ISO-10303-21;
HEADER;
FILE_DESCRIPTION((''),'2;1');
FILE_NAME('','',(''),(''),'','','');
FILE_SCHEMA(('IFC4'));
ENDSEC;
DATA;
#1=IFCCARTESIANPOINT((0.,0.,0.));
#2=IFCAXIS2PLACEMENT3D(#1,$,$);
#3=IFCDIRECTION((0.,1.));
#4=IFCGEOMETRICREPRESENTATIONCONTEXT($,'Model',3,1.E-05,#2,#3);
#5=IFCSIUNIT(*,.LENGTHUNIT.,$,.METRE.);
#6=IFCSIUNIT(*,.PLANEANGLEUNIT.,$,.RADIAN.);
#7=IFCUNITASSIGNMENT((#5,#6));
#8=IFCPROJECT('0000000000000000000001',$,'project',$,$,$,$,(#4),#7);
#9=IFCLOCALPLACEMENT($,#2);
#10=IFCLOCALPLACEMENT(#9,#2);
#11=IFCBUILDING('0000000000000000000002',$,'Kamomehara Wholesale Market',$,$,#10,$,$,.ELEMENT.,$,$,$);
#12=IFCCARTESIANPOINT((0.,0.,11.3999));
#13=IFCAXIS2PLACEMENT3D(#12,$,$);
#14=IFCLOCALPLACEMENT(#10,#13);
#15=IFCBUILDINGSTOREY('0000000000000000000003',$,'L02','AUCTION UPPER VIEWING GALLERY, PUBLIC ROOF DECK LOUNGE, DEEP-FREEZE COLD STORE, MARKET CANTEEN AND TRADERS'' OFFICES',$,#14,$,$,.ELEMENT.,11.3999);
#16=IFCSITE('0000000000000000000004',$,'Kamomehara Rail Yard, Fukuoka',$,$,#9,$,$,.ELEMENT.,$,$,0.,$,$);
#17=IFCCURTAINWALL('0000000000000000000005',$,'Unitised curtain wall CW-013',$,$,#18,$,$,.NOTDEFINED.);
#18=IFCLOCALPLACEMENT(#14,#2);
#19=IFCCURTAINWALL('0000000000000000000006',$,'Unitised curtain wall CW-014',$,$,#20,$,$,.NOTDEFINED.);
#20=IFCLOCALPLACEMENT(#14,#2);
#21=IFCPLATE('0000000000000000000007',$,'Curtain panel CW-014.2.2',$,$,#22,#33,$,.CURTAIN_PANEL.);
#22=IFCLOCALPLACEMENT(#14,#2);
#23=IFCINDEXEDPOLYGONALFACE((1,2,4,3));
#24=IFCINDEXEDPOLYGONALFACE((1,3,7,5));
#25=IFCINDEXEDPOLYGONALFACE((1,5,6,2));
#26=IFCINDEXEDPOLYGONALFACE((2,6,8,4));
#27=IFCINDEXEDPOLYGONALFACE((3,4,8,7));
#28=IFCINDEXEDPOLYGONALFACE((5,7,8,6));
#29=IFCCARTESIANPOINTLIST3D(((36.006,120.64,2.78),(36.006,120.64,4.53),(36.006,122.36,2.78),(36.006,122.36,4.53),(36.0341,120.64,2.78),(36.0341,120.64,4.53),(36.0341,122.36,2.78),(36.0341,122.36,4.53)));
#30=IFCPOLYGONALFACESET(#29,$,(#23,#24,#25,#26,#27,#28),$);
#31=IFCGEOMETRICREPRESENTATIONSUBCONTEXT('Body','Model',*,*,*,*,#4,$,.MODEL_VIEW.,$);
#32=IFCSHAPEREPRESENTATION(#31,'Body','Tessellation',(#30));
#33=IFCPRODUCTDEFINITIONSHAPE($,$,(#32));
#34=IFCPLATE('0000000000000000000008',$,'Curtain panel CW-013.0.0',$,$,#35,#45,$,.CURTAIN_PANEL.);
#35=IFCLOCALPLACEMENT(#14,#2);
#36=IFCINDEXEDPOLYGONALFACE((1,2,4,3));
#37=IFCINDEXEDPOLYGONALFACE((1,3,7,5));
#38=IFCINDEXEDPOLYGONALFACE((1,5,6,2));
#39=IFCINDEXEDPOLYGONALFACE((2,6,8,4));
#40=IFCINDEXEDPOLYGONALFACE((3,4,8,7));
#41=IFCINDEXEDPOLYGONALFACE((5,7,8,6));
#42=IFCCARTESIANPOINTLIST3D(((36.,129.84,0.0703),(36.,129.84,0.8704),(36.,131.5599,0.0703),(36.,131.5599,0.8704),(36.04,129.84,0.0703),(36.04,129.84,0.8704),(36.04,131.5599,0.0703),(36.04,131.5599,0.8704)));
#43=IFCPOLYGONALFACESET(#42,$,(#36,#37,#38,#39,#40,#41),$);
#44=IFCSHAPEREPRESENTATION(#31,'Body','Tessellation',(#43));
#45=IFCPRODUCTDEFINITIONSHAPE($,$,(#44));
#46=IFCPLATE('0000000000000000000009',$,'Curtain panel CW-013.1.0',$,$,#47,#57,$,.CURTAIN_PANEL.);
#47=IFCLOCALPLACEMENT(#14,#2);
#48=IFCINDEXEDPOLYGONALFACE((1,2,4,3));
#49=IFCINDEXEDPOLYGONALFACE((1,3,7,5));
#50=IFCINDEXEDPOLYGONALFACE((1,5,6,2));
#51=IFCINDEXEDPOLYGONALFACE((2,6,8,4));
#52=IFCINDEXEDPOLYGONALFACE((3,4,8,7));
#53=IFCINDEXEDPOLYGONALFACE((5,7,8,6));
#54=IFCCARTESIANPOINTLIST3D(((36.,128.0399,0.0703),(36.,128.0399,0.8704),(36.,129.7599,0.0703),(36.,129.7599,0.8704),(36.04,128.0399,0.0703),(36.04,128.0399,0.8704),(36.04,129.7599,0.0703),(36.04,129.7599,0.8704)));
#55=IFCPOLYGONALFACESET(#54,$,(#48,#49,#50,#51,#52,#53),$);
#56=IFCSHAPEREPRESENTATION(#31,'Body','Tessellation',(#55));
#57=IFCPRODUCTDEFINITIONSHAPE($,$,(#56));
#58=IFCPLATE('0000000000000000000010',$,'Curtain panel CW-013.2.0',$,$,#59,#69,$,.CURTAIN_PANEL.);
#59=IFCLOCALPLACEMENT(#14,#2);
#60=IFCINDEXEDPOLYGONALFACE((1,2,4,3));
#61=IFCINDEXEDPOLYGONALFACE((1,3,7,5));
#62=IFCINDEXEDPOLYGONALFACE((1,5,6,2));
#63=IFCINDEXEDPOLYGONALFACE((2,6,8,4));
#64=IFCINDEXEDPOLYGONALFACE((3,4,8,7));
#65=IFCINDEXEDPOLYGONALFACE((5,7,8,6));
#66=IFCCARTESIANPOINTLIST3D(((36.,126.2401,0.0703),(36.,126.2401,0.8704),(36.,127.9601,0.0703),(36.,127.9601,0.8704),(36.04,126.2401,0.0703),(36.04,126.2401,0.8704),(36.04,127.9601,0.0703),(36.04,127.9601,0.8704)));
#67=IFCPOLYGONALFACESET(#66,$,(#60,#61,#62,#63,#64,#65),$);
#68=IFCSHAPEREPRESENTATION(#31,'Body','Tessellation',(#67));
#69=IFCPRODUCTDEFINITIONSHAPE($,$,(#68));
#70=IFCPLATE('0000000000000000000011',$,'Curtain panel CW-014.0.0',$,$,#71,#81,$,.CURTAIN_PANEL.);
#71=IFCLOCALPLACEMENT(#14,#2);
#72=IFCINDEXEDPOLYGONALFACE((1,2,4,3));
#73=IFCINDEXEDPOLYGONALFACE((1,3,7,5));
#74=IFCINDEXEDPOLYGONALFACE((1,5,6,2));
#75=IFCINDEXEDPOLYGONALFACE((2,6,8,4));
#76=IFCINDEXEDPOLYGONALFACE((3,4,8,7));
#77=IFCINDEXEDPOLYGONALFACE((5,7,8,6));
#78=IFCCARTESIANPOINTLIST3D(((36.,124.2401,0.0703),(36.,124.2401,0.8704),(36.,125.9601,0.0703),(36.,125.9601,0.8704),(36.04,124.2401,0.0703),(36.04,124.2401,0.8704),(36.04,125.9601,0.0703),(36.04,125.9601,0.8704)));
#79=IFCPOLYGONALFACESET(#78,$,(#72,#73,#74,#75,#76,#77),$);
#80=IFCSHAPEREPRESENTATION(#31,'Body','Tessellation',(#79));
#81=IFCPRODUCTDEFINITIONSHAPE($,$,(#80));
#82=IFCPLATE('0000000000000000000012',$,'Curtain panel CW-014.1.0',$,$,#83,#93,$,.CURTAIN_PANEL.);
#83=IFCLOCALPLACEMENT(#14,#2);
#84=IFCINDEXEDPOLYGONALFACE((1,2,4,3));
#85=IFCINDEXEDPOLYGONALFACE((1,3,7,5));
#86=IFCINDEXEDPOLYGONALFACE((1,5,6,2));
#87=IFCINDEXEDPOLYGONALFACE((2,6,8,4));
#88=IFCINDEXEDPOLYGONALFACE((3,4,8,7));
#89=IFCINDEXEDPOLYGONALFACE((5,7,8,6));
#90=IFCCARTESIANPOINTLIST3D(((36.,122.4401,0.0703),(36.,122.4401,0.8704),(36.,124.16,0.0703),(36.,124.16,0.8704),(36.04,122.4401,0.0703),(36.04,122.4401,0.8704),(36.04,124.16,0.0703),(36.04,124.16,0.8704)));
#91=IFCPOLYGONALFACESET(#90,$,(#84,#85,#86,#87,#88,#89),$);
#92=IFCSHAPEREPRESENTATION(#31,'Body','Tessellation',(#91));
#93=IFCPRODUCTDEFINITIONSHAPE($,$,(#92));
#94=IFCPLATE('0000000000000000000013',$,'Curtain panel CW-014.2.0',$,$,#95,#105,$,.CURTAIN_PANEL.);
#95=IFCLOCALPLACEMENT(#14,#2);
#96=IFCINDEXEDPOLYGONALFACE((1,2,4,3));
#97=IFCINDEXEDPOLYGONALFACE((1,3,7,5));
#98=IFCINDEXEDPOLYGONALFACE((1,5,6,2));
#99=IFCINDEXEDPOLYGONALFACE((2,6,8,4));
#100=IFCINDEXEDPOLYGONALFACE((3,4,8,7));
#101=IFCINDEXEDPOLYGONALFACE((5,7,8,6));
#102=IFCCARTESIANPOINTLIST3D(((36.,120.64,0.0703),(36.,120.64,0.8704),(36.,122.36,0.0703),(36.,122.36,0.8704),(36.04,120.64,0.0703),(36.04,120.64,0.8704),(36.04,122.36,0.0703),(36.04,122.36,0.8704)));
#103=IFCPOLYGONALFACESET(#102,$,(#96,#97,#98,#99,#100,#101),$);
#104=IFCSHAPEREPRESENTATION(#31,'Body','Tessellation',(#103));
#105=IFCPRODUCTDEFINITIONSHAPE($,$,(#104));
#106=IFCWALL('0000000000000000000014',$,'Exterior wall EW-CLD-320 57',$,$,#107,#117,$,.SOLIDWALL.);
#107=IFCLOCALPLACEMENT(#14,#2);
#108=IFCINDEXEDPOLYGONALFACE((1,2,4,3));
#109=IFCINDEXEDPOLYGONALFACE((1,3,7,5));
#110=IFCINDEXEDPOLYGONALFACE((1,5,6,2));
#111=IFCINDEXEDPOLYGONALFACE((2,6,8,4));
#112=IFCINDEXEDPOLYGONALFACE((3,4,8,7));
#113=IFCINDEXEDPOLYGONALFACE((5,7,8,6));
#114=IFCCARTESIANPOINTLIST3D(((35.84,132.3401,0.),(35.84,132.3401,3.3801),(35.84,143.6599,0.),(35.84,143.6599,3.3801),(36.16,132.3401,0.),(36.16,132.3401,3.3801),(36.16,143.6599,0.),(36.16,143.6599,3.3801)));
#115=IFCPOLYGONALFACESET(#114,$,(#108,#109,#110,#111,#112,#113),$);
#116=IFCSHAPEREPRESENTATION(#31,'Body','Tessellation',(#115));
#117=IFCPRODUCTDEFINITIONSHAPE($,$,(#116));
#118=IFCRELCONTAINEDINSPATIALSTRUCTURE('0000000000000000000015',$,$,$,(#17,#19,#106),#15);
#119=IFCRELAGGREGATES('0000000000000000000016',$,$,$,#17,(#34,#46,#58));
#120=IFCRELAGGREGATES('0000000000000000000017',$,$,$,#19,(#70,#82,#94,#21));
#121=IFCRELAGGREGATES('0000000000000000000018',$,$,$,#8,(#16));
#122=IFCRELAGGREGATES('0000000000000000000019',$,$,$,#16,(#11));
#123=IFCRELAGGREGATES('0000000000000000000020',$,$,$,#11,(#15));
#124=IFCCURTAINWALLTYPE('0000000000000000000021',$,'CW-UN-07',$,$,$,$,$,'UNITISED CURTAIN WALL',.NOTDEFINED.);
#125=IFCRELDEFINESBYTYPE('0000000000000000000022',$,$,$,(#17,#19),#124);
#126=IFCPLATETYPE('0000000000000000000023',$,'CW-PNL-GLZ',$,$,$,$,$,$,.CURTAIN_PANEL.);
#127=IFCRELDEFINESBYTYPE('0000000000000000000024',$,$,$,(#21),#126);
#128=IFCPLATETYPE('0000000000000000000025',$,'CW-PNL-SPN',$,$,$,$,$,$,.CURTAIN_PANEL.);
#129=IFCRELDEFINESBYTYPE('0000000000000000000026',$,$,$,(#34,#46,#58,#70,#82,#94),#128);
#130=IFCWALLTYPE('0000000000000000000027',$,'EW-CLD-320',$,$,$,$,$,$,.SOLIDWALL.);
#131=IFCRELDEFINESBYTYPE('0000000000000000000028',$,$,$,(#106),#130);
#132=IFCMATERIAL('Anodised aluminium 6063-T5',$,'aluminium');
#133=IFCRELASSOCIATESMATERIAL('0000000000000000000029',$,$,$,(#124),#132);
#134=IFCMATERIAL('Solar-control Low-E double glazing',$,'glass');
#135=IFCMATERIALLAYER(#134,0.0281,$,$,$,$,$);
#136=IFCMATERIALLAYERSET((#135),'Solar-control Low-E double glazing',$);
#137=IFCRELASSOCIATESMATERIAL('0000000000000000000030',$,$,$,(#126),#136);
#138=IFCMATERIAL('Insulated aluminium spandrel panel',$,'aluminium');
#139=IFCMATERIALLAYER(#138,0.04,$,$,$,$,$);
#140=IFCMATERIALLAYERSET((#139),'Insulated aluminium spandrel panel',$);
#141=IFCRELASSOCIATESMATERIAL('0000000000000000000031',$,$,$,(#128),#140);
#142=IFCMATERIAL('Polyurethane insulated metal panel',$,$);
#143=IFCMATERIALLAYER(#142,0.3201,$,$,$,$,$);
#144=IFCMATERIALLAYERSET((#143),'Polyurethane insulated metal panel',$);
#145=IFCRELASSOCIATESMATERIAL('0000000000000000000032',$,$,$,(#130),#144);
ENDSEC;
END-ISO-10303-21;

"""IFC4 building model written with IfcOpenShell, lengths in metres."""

from ifc_helpers import new_model, si_unit, direction, frame, frame_2d, origin, origin_2d, place, context, subcontext, project, spatial, rectangle, extrude, material, layer, layer_set, type_object, element, aggregate, save


model = new_model("IFC4")

# Units and contexts
model_context = context("Model", 3, precision=1e-05, world=origin(), true_north=direction((0.0, 1.0)))
body_context = subcontext(model_context, "Body", "Model", "MODEL_VIEW")
ifc_project = project(units=[si_unit("LENGTHUNIT", "METRE"), si_unit("PLANEANGLEUNIT", "RADIAN")], contexts=[model_context])

# Site, building, storey
site_placement = place(None, origin())
site = spatial("IfcSite", under=ifc_project, at=site_placement, Name="Kamomehara Rail Yard, Fukuoka", CompositionType="ELEMENT", RefElevation=0.0)
building_placement = place(site_placement, origin())
building = spatial("IfcBuilding", under=site, at=building_placement, Name="Kamomehara Wholesale Market", CompositionType="ELEMENT")
storey_placement = place(building_placement, frame((0.0, 0.0, 11.3999)))
storey = spatial("IfcBuildingStorey", under=building, at=storey_placement, Name="L02", Description="AUCTION UPPER VIEWING GALLERY, PUBLIC ROOF DECK LOUNGE, DEEP-FREEZE COLD STORE, MARKET CANTEEN AND TRADERS' OFFICES", CompositionType="ELEMENT", Elevation=11.3999)

# Curtain wall
ifc_material_1 = material(Name="Anodised aluminium 6063-T5", Category="aluminium")
curtain_wall_type = type_object("IfcCurtainWallType", Name="CW-UN-07", ElementType="UNITISED CURTAIN WALL", PredefinedType="NOTDEFINED", material=ifc_material_1)
curtain_wall_1_placement = place(storey_placement, origin())
curtain_wall_1 = element("IfcCurtainWall", 1, at=curtain_wall_1_placement, inside=storey, type_object=curtain_wall_type, Name="Unitised curtain wall CW-013", PredefinedType="NOTDEFINED")
ifc_material_2 = material(Name="Solar-control Low-E double glazing", Category="glass")
ifc_layer_1 = layer(ifc_material_2, 0.0281)
ifc_layer_set_1 = layer_set([ifc_layer_1], Name="Solar-control Low-E double glazing")
plate_type_1 = type_object("IfcPlateType", Name="CW-PNL-GLZ", PredefinedType="CURTAIN_PANEL", material=ifc_layer_set_1)

# Curtain wall, plate
curtain_wall_2_placement = place(storey_placement, origin())
curtain_wall_2 = element("IfcCurtainWall", 2, at=curtain_wall_2_placement, inside=storey, type_object=curtain_wall_type, Name="Unitised curtain wall CW-014", PredefinedType="NOTDEFINED")
plate_1_placement = place(storey_placement, frame((36.02, 121.5, 2.78), z_axis=(0.0, 0.0, 1.0), x_axis=(0.0, -1.0, 0.0)))
plate_1 = element("IfcPlate", 3, at=plate_1_placement, type_object=plate_type_1, Name="Curtain panel CW-014.2.2", PredefinedType="CURTAIN_PANEL", context=body_context, shape_type="SweptSolid", body=[
    extrude(rectangle(XDim=1.72, YDim=0.0281, at=origin_2d()), origin(), (0.0, 0.0, 1.0), 1.75),
])

# Plates
ifc_material_3 = material(Name="Insulated aluminium spandrel panel", Category="aluminium")
ifc_layer_2 = layer(ifc_material_3, 0.04)
ifc_layer_set_2 = layer_set([ifc_layer_2], Name="Insulated aluminium spandrel panel")
plate_type_2 = type_object("IfcPlateType", Name="CW-PNL-SPN", PredefinedType="CURTAIN_PANEL", material=ifc_layer_set_2)
plate_2_placement = place(storey_placement, frame((36.02, 130.7, 0.0703), z_axis=(0.0, 0.0, 1.0), x_axis=(0.0, -1.0, 0.0)))
plate_2 = element("IfcPlate", 4, at=plate_2_placement, type_object=plate_type_2, Name="Curtain panel CW-013.0.0", PredefinedType="CURTAIN_PANEL", context=body_context, shape_type="SweptSolid", body=[
    extrude(rectangle(XDim=1.72, YDim=0.04, at=origin_2d()), origin(), (0.0, 0.0, 1.0), 0.8),
])
plate_3_placement = place(storey_placement, frame((36.02, 128.8999, 0.0703), z_axis=(0.0, 0.0, 1.0), x_axis=(0.0, -1.0, 0.0)))
plate_3 = element("IfcPlate", 5, at=plate_3_placement, type_object=plate_type_2, Name="Curtain panel CW-013.1.0", PredefinedType="CURTAIN_PANEL", context=body_context, shape_type="SweptSolid", body=[
    extrude(rectangle(XDim=1.72, YDim=0.04, at=origin_2d()), origin(), (0.0, 0.0, 1.0), 0.8),
])
plate_4_placement = place(storey_placement, frame((36.02, 127.1001, 0.0703), z_axis=(0.0, 0.0, 1.0), x_axis=(0.0, -1.0, 0.0)))
plate_4 = element("IfcPlate", 6, at=plate_4_placement, type_object=plate_type_2, Name="Curtain panel CW-013.2.0", PredefinedType="CURTAIN_PANEL", context=body_context, shape_type="SweptSolid", body=[
    extrude(rectangle(XDim=1.72, YDim=0.04, at=origin_2d()), origin(), (0.0, 0.0, 1.0), 0.8),
])
aggregate(curtain_wall_1, [plate_2, plate_3, plate_4])
plate_5_placement = place(storey_placement, frame((36.02, 125.1001, 0.0703), z_axis=(0.0, 0.0, 1.0), x_axis=(0.0, -1.0, 0.0)))
plate_5 = element("IfcPlate", 7, at=plate_5_placement, type_object=plate_type_2, Name="Curtain panel CW-014.0.0", PredefinedType="CURTAIN_PANEL", context=body_context, shape_type="SweptSolid", body=[
    extrude(rectangle(XDim=1.72, YDim=0.04, at=origin_2d()), origin(), (0.0, 0.0, 1.0), 0.8),
])
plate_6_placement = place(storey_placement, frame((36.02, 123.3, 0.0703), z_axis=(0.0, 0.0, 1.0), x_axis=(0.0, -1.0, 0.0)))
plate_6 = element("IfcPlate", 8, at=plate_6_placement, type_object=plate_type_2, Name="Curtain panel CW-014.1.0", PredefinedType="CURTAIN_PANEL", context=body_context, shape_type="SweptSolid", body=[
    extrude(rectangle(XDim=1.72, YDim=0.04, at=origin_2d()), origin(), (0.0, 0.0, 1.0), 0.8),
])
plate_7_placement = place(storey_placement, frame((36.02, 121.5, 0.0703), z_axis=(0.0, 0.0, 1.0), x_axis=(0.0, -1.0, 0.0)))
plate_7 = element("IfcPlate", 9, at=plate_7_placement, type_object=plate_type_2, Name="Curtain panel CW-014.2.0", PredefinedType="CURTAIN_PANEL", context=body_context, shape_type="SweptSolid", body=[
    extrude(rectangle(XDim=1.72, YDim=0.04, at=origin_2d()), origin(), (0.0, 0.0, 1.0), 0.8),
])
aggregate(curtain_wall_2, [plate_5, plate_6, plate_7, plate_1])

# Wall
ifc_material_4 = material(Name="Polyurethane insulated metal panel")
ifc_layer_3 = layer(ifc_material_4, 0.3201)
ifc_layer_set_3 = layer_set([ifc_layer_3], Name="Polyurethane insulated metal panel")
wall_type = type_object("IfcWallType", Name="EW-CLD-320", PredefinedType="SOLIDWALL", material=ifc_layer_set_3)
wall_placement = place(storey_placement, frame((36.0, 143.6599, 0.0), z_axis=(0.0, 0.0, 1.0), x_axis=(0.0, -1.0, 0.0)))
element("IfcWall", 10, at=wall_placement, inside=storey, type_object=wall_type, Name="Exterior wall EW-CLD-320 57", PredefinedType="SOLIDWALL", context=body_context, shape_type="SweptSolid", body=[
    extrude(rectangle(XDim=11.3198, YDim=0.3201, at=frame_2d((5.6599, 0.0))), origin(), (0.0, 0.0, 1.0), 3.3801),
])

save(model, "model.ifc")
